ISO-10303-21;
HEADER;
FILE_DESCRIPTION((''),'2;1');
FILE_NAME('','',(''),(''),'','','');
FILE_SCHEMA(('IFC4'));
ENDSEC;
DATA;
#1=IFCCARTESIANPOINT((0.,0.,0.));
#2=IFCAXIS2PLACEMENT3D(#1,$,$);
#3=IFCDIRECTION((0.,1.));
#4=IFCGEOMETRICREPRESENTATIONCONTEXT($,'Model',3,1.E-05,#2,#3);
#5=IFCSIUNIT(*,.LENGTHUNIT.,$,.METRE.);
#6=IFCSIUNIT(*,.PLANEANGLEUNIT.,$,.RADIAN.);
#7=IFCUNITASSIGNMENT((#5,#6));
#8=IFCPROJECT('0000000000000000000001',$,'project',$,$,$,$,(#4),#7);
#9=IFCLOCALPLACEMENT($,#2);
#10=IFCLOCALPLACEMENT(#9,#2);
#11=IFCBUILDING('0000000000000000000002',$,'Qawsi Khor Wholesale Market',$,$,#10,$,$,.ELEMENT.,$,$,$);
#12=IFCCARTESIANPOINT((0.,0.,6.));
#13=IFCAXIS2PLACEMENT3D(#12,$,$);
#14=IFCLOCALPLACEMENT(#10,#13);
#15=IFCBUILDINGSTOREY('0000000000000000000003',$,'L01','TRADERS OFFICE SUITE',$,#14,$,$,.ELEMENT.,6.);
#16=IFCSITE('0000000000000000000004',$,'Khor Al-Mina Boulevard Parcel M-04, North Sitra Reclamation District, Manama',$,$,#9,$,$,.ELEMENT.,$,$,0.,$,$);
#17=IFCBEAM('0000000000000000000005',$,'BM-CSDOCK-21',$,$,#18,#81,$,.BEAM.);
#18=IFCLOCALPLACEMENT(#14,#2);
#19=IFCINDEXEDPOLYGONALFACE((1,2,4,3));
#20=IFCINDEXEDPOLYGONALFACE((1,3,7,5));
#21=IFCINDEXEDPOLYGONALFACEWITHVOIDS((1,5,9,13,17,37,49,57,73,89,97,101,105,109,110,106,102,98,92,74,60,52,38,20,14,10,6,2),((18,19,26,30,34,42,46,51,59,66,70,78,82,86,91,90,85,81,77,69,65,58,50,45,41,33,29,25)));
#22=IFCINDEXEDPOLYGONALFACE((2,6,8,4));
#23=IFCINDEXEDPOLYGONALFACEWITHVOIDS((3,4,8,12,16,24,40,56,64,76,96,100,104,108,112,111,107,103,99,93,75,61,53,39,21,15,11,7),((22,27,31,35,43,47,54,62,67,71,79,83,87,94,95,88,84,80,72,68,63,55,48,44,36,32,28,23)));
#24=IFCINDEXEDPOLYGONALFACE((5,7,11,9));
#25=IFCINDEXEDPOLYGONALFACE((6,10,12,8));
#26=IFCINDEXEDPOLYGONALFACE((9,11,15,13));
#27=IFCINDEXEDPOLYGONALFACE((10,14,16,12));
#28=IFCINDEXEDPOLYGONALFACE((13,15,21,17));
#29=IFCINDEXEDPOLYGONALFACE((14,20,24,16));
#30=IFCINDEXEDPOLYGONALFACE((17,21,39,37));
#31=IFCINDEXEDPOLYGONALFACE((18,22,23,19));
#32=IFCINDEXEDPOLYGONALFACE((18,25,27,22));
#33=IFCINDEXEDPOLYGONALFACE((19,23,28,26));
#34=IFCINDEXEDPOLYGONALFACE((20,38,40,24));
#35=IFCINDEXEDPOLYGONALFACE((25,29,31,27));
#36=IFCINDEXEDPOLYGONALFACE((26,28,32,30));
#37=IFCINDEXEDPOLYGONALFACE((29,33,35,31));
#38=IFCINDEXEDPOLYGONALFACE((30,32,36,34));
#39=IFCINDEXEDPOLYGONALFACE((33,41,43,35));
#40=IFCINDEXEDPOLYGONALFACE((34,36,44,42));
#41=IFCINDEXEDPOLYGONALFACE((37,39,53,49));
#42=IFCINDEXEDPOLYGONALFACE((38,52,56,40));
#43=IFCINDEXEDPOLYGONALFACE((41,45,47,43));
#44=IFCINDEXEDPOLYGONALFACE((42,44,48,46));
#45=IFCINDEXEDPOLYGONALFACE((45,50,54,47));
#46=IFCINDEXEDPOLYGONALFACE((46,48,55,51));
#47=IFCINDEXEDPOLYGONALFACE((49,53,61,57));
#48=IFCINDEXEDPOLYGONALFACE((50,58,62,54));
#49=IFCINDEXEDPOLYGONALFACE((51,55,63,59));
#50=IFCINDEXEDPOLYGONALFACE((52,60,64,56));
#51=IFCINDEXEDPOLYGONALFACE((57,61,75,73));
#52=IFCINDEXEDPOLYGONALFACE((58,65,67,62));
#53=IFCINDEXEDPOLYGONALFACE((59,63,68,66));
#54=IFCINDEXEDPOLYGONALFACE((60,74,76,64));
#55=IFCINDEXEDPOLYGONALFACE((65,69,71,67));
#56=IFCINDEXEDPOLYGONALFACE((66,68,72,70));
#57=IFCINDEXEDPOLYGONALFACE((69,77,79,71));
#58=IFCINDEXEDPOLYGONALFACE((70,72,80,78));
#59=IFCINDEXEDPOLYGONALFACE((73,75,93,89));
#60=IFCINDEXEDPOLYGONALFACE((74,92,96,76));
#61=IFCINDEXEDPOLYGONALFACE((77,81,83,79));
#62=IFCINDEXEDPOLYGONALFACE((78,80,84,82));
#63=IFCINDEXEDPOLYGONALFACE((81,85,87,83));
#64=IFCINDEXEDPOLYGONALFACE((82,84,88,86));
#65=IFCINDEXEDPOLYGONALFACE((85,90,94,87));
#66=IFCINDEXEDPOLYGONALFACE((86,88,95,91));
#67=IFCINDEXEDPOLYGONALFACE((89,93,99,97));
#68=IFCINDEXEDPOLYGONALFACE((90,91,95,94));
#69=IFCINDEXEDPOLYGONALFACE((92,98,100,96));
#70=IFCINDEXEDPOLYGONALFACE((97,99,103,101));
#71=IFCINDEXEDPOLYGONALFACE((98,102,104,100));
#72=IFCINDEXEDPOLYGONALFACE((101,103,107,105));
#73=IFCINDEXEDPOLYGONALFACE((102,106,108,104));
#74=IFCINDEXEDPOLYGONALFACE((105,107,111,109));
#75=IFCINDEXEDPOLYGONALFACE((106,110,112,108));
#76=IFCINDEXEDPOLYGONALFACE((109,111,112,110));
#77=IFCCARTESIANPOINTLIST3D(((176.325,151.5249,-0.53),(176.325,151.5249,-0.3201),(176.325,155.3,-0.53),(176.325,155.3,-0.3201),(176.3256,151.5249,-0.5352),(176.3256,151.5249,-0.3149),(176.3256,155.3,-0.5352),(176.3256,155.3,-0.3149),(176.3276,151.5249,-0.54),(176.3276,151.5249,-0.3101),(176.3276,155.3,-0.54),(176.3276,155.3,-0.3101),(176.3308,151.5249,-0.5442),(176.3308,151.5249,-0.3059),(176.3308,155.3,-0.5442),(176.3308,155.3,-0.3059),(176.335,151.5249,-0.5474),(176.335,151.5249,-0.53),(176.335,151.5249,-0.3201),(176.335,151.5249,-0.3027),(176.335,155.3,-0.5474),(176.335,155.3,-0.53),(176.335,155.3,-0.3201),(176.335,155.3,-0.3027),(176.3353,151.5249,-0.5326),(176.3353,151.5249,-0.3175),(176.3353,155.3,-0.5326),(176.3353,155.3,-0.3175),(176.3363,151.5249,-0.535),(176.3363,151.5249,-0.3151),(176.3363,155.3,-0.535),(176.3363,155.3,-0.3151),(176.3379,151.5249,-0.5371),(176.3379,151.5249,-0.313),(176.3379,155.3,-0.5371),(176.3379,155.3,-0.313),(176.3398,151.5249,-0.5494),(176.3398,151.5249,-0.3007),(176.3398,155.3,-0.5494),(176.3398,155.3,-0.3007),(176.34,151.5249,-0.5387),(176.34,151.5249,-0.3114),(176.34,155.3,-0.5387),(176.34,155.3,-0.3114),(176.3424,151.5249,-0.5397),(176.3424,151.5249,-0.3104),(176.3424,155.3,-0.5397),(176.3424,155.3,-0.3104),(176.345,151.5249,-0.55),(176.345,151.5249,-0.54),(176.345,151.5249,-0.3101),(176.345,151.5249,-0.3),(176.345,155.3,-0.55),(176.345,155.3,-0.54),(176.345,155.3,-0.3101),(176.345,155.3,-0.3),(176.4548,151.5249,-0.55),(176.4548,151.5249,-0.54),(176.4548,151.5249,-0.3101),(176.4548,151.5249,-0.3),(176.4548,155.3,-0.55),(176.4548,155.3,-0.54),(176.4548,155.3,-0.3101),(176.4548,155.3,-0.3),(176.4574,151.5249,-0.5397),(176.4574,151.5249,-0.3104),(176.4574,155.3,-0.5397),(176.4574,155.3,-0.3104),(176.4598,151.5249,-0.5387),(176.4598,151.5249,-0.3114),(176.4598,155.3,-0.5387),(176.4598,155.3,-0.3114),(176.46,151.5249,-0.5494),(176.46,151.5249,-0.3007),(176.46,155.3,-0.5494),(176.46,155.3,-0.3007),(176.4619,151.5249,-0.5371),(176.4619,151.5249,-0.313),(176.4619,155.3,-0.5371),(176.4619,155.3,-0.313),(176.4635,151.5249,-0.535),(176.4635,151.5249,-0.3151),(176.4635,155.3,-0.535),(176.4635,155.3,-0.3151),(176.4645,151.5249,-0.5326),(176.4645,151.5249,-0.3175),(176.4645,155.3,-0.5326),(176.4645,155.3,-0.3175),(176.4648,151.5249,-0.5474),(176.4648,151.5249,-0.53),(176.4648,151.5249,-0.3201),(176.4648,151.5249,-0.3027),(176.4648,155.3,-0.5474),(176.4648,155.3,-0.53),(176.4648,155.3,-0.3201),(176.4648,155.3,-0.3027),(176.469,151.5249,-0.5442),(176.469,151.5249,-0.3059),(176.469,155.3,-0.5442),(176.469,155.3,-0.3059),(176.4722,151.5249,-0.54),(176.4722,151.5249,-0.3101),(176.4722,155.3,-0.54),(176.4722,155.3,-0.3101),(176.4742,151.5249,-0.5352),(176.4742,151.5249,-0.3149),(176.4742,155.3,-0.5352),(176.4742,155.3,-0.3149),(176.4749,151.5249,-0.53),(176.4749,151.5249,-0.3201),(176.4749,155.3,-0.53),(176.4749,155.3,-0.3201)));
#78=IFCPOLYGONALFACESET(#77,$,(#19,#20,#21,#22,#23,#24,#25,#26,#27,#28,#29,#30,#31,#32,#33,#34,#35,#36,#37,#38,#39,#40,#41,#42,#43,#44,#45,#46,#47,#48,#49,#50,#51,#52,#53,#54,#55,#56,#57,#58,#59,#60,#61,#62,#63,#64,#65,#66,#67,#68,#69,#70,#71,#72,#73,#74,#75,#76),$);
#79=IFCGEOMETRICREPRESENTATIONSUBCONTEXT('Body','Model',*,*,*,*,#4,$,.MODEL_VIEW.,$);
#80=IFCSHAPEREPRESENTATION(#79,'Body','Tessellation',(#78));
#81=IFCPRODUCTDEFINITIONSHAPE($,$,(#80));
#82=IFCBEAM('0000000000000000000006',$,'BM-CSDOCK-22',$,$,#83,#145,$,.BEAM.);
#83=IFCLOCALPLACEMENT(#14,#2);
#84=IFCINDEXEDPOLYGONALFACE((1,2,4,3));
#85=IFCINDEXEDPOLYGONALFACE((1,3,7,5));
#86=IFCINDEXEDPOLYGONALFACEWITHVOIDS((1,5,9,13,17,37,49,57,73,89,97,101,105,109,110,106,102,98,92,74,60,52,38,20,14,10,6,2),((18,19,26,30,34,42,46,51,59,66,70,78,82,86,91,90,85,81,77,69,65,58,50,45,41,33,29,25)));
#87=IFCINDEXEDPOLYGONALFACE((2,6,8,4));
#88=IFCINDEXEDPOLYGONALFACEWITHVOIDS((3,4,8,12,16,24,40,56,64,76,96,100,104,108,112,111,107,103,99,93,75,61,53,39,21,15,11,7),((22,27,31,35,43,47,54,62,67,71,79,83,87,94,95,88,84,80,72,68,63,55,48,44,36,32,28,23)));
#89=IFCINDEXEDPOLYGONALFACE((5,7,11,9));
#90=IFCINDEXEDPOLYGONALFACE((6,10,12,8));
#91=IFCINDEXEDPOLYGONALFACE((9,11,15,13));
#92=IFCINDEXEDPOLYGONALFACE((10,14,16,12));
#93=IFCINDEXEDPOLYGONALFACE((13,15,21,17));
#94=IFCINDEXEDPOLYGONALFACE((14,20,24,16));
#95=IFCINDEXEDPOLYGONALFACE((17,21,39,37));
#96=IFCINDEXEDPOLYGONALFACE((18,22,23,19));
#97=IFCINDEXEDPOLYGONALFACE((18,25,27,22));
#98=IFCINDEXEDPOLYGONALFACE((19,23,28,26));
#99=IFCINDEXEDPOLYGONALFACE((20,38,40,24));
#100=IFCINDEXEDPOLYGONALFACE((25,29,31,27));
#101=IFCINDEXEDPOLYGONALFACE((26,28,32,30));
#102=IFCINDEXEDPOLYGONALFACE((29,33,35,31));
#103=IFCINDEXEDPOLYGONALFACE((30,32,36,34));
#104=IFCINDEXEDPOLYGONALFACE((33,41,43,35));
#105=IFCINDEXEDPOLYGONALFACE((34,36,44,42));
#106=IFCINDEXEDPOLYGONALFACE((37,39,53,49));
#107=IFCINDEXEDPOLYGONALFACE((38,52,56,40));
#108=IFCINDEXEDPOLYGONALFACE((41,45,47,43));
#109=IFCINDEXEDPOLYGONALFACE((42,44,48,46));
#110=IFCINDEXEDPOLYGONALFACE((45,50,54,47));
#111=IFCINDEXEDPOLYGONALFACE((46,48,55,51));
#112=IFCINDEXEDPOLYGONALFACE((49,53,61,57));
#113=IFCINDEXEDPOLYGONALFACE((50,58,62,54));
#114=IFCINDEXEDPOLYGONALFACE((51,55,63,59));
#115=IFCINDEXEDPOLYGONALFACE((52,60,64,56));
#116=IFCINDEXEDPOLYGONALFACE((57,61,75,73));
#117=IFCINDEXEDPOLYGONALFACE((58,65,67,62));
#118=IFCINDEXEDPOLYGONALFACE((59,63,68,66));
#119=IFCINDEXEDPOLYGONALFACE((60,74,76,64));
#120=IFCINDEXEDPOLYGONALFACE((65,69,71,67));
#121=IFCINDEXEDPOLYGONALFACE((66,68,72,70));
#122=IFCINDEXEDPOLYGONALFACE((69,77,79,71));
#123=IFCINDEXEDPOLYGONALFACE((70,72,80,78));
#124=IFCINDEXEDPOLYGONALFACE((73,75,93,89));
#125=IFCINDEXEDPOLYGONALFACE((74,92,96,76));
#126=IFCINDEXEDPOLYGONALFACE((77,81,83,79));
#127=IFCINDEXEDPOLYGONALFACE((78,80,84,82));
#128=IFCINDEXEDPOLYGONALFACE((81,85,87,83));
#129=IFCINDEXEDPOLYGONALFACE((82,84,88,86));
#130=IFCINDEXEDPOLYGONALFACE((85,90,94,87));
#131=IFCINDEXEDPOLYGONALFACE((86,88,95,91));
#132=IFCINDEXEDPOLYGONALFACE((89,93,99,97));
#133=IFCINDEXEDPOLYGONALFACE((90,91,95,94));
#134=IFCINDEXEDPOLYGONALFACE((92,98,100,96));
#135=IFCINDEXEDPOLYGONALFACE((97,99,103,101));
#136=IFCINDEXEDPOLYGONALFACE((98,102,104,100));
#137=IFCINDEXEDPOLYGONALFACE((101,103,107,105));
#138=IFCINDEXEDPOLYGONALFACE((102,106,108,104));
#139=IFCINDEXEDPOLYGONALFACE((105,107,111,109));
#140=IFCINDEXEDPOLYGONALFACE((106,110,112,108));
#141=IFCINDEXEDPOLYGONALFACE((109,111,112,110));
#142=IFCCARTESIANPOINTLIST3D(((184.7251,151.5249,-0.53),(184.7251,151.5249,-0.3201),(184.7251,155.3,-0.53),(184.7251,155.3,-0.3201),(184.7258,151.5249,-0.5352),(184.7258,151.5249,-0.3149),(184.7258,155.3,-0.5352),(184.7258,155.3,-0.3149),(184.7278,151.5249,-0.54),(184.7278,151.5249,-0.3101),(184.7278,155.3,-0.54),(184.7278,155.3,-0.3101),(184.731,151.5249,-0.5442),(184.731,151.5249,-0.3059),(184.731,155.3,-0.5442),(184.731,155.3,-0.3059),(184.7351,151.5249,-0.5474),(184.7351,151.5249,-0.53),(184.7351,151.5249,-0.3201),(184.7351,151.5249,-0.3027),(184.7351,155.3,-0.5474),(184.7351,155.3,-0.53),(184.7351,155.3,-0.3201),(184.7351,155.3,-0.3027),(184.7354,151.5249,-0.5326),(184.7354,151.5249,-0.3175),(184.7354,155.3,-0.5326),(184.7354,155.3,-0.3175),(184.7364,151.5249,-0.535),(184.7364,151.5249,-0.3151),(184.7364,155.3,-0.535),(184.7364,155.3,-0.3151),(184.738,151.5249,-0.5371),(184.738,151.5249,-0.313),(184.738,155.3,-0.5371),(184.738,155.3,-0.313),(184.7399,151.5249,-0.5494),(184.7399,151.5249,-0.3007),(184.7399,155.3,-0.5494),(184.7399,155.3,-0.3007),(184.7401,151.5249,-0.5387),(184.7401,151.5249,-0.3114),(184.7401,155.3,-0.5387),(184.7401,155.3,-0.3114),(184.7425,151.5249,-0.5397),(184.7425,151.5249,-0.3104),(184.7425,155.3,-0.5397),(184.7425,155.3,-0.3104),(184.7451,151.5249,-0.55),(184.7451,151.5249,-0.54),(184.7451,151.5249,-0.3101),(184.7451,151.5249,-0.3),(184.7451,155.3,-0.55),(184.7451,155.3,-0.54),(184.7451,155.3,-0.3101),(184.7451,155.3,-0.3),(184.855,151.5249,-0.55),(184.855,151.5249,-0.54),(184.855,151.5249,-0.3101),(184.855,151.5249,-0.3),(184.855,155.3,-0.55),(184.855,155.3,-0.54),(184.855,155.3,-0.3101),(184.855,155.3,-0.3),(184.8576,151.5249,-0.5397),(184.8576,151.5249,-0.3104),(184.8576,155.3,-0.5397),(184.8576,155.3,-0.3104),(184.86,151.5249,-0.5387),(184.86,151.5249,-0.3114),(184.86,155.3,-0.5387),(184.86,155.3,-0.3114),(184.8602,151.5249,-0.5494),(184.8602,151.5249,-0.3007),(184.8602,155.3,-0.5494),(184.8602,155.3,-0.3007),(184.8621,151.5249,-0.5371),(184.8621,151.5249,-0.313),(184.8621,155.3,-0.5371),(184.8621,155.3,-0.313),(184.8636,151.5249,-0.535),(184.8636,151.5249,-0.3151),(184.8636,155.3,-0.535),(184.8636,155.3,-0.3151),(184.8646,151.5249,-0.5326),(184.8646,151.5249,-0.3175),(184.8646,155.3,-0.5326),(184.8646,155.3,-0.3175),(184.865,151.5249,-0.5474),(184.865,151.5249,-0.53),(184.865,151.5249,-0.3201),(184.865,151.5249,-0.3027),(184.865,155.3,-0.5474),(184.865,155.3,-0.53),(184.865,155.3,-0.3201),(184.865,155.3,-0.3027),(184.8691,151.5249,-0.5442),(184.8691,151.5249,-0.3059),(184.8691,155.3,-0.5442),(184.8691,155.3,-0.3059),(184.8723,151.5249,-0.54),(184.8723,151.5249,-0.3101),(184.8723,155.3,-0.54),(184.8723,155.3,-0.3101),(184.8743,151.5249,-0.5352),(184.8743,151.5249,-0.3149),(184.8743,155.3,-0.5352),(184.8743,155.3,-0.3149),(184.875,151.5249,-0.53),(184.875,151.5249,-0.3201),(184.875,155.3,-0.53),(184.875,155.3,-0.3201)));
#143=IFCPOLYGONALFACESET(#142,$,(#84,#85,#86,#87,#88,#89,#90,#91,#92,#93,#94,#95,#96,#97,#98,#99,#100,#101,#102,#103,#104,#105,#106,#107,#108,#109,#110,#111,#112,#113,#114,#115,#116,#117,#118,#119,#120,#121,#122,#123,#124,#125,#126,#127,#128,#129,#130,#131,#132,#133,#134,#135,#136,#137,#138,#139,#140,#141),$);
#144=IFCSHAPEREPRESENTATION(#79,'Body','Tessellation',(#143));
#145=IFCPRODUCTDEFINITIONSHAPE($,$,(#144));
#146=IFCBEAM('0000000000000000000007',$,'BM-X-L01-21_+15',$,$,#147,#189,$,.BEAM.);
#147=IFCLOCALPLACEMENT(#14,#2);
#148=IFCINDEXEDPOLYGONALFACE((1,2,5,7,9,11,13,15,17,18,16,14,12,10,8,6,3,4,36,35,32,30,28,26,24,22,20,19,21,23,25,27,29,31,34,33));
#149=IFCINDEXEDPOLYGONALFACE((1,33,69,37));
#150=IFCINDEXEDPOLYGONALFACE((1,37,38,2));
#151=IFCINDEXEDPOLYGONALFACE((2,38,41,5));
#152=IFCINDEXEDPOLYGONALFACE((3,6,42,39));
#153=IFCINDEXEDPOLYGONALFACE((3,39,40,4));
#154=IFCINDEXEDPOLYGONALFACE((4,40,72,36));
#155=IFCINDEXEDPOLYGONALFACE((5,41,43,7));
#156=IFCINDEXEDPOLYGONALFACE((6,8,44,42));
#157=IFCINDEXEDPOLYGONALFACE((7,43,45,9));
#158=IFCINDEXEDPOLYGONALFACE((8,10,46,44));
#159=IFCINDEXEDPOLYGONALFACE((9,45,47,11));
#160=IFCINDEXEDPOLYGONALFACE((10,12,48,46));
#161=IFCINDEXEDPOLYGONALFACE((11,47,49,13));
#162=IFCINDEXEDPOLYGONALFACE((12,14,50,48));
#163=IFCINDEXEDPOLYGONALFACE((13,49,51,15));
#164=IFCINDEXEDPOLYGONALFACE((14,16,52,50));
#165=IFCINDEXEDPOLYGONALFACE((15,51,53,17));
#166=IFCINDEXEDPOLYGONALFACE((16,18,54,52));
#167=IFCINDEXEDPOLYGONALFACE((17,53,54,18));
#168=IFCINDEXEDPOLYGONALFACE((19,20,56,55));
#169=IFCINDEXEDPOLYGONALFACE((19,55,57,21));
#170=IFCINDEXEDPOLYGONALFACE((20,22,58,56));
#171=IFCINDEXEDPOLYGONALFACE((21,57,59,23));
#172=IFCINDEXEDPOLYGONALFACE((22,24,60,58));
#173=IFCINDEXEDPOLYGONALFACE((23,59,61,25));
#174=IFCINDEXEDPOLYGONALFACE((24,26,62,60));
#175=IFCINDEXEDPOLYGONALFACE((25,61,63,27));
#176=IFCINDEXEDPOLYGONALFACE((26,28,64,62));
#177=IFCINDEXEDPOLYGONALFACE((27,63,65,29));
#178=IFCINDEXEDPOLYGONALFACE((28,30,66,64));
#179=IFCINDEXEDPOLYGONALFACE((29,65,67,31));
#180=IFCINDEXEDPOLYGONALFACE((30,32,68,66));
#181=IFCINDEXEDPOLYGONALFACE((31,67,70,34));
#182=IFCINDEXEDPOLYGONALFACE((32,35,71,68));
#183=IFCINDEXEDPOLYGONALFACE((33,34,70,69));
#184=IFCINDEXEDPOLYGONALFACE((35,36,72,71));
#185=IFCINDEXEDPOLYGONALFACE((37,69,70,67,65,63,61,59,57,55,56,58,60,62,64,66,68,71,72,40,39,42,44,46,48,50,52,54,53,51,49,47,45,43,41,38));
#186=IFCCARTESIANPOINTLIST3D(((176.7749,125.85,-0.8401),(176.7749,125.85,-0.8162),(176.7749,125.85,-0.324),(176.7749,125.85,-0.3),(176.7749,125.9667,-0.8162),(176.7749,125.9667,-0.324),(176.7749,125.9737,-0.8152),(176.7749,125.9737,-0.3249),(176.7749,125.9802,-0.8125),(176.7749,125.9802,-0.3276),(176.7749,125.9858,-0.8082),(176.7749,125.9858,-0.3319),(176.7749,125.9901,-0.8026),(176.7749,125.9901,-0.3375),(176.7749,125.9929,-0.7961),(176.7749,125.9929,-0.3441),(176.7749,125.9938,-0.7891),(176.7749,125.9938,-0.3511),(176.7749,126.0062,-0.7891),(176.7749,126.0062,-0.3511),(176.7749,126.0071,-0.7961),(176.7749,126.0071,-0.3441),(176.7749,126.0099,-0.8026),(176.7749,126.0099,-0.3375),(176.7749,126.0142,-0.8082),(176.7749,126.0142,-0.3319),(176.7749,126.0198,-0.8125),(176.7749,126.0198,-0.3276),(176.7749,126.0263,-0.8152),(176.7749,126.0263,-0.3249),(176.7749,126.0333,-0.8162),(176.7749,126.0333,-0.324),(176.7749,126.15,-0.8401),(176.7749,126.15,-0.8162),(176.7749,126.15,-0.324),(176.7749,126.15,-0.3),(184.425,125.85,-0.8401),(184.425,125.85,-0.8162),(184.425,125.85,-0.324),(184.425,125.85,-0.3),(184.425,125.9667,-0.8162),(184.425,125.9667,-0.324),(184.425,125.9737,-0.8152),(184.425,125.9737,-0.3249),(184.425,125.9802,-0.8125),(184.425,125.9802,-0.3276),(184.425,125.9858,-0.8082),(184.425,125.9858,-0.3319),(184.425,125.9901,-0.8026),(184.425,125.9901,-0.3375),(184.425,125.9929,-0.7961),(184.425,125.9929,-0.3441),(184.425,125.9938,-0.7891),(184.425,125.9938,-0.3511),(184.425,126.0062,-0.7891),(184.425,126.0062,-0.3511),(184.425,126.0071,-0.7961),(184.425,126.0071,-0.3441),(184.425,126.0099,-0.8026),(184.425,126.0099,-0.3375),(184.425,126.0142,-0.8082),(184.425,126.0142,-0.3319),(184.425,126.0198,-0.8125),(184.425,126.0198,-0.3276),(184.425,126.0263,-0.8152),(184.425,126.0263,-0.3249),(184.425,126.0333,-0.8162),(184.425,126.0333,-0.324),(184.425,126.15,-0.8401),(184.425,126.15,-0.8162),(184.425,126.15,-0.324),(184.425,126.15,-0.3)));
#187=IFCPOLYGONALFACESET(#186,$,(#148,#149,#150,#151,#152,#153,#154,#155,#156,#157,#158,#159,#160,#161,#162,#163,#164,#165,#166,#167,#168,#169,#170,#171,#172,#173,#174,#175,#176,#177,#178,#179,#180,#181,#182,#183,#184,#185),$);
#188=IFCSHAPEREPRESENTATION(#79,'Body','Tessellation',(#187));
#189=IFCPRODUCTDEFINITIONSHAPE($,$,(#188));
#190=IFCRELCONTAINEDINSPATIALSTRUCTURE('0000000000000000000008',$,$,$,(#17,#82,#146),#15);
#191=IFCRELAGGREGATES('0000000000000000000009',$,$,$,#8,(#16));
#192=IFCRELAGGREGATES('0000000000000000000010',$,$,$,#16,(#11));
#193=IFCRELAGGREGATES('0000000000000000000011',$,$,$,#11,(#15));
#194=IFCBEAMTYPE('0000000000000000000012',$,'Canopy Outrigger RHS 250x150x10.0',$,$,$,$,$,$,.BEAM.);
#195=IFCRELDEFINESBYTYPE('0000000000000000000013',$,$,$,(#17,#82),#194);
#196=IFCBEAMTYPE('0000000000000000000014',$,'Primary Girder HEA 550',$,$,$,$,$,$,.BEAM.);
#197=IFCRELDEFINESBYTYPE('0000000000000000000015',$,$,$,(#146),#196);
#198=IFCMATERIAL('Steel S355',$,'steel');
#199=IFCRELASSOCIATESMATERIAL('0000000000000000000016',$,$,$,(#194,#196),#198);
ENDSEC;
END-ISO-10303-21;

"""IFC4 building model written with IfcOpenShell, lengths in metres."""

from ifc_helpers import new_model, si_unit, direction, frame, origin, origin_2d, place, context, subcontext, project, spatial, hollow_rectangle, i_section, extrude, material, material_profile, profile_set, type_object, element, save


model = new_model("IFC4")

# Units and contexts
model_context = context("Model", 3, precision=1e-05, world=origin(), true_north=direction((0.0, 1.0)))
body_context = subcontext(model_context, "Body", "Model", "MODEL_VIEW")
ifc_project = project(units=[si_unit("LENGTHUNIT", "METRE"), si_unit("PLANEANGLEUNIT", "RADIAN")], contexts=[model_context])

# Site, building, storey
site_placement = place(None, origin())
site = spatial("IfcSite", under=ifc_project, at=site_placement, Name="Khor Al-Mina Boulevard Parcel M-04, North Sitra Reclamation District, Manama", CompositionType="ELEMENT", RefElevation=0.0)
building_placement = place(site_placement, origin())
building = spatial("IfcBuilding", under=site, at=building_placement, Name="Qawsi Khor Wholesale Market", CompositionType="ELEMENT")
storey_placement = place(building_placement, frame((0.0, 0.0, 6.0)))
storey = spatial("IfcBuildingStorey", under=building, at=storey_placement, Name="L01", Description="TRADERS OFFICE SUITE", CompositionType="ELEMENT", Elevation=6.0)

# Beams
ifc_material_1 = material(Name="Steel S355", Category="steel")
ifc_material_profile_1 = material_profile(ifc_material_1, hollow_rectangle(XDim=0.1499, YDim=0.25, WallThickness=0.01, InnerFilletRadius=0.01, OuterFilletRadius=0.02, at=origin_2d()), Name="RHS 250x150x10.0")
ifc_profile_set_1 = profile_set([ifc_material_profile_1], Name="Steel S355")
beam_type_1 = type_object("IfcBeamType", Name="Canopy Outrigger RHS 250x150x10.0", PredefinedType="BEAM", material=ifc_profile_set_1)
for number, where, z_axis, x_axis, name in (
    (1, (176.3999, 151.5249, -0.425), (0.0, 1.0, 0.0), (-1.0, 0.0, 0.0), "BM-CSDOCK-21"),
    (2, (184.8, 151.5249, -0.425), (0.0, 1.0, 0.0), (-1.0, 0.0, 0.0), "BM-CSDOCK-22"),
):
    element("IfcBeam", number, at=place(storey_placement, frame(where, z_axis=z_axis, x_axis=x_axis)), inside=storey, type_object=beam_type_1, Name=name, PredefinedType="BEAM", context=body_context, shape_type="SweptSolid", body=[
        extrude(hollow_rectangle(XDim=0.1499, YDim=0.25, WallThickness=0.01, InnerFilletRadius=0.01, OuterFilletRadius=0.02, at=origin_2d()), origin(), (0.0, 0.0, 1.0), 3.7751),
    ])
ifc_material_profile_2 = material_profile(ifc_material_1, i_section(OverallWidth=0.3, OverallDepth=0.54, WebThickness=0.0125, FlangeThickness=0.0239, FilletRadius=0.0271, at=origin_2d()), Name="HEA 550")
ifc_profile_set_2 = profile_set([ifc_material_profile_2], Name="Steel S355")
beam_type_2 = type_object("IfcBeamType", Name="Primary Girder HEA 550", PredefinedType="BEAM", material=ifc_profile_set_2)
for number, where, z_axis, x_axis, name in (
    (3, (176.7749, 126.0, -0.5701), (1.0, 0.0, 0.0), (0.0, 1.0, 0.0), "BM-X-L01-21_+15"),
):
    element("IfcBeam", number, at=place(storey_placement, frame(where, z_axis=z_axis, x_axis=x_axis)), inside=storey, type_object=beam_type_2, Name=name, PredefinedType="BEAM", context=body_context, shape_type="SweptSolid", body=[
        extrude(i_section(OverallWidth=0.3, OverallDepth=0.54, WebThickness=0.0125, FlangeThickness=0.0239, FilletRadius=0.0271, at=origin_2d()), origin(), (0.0, 0.0, 1.0), 7.6501),
    ])

save(model, "model.ifc")
